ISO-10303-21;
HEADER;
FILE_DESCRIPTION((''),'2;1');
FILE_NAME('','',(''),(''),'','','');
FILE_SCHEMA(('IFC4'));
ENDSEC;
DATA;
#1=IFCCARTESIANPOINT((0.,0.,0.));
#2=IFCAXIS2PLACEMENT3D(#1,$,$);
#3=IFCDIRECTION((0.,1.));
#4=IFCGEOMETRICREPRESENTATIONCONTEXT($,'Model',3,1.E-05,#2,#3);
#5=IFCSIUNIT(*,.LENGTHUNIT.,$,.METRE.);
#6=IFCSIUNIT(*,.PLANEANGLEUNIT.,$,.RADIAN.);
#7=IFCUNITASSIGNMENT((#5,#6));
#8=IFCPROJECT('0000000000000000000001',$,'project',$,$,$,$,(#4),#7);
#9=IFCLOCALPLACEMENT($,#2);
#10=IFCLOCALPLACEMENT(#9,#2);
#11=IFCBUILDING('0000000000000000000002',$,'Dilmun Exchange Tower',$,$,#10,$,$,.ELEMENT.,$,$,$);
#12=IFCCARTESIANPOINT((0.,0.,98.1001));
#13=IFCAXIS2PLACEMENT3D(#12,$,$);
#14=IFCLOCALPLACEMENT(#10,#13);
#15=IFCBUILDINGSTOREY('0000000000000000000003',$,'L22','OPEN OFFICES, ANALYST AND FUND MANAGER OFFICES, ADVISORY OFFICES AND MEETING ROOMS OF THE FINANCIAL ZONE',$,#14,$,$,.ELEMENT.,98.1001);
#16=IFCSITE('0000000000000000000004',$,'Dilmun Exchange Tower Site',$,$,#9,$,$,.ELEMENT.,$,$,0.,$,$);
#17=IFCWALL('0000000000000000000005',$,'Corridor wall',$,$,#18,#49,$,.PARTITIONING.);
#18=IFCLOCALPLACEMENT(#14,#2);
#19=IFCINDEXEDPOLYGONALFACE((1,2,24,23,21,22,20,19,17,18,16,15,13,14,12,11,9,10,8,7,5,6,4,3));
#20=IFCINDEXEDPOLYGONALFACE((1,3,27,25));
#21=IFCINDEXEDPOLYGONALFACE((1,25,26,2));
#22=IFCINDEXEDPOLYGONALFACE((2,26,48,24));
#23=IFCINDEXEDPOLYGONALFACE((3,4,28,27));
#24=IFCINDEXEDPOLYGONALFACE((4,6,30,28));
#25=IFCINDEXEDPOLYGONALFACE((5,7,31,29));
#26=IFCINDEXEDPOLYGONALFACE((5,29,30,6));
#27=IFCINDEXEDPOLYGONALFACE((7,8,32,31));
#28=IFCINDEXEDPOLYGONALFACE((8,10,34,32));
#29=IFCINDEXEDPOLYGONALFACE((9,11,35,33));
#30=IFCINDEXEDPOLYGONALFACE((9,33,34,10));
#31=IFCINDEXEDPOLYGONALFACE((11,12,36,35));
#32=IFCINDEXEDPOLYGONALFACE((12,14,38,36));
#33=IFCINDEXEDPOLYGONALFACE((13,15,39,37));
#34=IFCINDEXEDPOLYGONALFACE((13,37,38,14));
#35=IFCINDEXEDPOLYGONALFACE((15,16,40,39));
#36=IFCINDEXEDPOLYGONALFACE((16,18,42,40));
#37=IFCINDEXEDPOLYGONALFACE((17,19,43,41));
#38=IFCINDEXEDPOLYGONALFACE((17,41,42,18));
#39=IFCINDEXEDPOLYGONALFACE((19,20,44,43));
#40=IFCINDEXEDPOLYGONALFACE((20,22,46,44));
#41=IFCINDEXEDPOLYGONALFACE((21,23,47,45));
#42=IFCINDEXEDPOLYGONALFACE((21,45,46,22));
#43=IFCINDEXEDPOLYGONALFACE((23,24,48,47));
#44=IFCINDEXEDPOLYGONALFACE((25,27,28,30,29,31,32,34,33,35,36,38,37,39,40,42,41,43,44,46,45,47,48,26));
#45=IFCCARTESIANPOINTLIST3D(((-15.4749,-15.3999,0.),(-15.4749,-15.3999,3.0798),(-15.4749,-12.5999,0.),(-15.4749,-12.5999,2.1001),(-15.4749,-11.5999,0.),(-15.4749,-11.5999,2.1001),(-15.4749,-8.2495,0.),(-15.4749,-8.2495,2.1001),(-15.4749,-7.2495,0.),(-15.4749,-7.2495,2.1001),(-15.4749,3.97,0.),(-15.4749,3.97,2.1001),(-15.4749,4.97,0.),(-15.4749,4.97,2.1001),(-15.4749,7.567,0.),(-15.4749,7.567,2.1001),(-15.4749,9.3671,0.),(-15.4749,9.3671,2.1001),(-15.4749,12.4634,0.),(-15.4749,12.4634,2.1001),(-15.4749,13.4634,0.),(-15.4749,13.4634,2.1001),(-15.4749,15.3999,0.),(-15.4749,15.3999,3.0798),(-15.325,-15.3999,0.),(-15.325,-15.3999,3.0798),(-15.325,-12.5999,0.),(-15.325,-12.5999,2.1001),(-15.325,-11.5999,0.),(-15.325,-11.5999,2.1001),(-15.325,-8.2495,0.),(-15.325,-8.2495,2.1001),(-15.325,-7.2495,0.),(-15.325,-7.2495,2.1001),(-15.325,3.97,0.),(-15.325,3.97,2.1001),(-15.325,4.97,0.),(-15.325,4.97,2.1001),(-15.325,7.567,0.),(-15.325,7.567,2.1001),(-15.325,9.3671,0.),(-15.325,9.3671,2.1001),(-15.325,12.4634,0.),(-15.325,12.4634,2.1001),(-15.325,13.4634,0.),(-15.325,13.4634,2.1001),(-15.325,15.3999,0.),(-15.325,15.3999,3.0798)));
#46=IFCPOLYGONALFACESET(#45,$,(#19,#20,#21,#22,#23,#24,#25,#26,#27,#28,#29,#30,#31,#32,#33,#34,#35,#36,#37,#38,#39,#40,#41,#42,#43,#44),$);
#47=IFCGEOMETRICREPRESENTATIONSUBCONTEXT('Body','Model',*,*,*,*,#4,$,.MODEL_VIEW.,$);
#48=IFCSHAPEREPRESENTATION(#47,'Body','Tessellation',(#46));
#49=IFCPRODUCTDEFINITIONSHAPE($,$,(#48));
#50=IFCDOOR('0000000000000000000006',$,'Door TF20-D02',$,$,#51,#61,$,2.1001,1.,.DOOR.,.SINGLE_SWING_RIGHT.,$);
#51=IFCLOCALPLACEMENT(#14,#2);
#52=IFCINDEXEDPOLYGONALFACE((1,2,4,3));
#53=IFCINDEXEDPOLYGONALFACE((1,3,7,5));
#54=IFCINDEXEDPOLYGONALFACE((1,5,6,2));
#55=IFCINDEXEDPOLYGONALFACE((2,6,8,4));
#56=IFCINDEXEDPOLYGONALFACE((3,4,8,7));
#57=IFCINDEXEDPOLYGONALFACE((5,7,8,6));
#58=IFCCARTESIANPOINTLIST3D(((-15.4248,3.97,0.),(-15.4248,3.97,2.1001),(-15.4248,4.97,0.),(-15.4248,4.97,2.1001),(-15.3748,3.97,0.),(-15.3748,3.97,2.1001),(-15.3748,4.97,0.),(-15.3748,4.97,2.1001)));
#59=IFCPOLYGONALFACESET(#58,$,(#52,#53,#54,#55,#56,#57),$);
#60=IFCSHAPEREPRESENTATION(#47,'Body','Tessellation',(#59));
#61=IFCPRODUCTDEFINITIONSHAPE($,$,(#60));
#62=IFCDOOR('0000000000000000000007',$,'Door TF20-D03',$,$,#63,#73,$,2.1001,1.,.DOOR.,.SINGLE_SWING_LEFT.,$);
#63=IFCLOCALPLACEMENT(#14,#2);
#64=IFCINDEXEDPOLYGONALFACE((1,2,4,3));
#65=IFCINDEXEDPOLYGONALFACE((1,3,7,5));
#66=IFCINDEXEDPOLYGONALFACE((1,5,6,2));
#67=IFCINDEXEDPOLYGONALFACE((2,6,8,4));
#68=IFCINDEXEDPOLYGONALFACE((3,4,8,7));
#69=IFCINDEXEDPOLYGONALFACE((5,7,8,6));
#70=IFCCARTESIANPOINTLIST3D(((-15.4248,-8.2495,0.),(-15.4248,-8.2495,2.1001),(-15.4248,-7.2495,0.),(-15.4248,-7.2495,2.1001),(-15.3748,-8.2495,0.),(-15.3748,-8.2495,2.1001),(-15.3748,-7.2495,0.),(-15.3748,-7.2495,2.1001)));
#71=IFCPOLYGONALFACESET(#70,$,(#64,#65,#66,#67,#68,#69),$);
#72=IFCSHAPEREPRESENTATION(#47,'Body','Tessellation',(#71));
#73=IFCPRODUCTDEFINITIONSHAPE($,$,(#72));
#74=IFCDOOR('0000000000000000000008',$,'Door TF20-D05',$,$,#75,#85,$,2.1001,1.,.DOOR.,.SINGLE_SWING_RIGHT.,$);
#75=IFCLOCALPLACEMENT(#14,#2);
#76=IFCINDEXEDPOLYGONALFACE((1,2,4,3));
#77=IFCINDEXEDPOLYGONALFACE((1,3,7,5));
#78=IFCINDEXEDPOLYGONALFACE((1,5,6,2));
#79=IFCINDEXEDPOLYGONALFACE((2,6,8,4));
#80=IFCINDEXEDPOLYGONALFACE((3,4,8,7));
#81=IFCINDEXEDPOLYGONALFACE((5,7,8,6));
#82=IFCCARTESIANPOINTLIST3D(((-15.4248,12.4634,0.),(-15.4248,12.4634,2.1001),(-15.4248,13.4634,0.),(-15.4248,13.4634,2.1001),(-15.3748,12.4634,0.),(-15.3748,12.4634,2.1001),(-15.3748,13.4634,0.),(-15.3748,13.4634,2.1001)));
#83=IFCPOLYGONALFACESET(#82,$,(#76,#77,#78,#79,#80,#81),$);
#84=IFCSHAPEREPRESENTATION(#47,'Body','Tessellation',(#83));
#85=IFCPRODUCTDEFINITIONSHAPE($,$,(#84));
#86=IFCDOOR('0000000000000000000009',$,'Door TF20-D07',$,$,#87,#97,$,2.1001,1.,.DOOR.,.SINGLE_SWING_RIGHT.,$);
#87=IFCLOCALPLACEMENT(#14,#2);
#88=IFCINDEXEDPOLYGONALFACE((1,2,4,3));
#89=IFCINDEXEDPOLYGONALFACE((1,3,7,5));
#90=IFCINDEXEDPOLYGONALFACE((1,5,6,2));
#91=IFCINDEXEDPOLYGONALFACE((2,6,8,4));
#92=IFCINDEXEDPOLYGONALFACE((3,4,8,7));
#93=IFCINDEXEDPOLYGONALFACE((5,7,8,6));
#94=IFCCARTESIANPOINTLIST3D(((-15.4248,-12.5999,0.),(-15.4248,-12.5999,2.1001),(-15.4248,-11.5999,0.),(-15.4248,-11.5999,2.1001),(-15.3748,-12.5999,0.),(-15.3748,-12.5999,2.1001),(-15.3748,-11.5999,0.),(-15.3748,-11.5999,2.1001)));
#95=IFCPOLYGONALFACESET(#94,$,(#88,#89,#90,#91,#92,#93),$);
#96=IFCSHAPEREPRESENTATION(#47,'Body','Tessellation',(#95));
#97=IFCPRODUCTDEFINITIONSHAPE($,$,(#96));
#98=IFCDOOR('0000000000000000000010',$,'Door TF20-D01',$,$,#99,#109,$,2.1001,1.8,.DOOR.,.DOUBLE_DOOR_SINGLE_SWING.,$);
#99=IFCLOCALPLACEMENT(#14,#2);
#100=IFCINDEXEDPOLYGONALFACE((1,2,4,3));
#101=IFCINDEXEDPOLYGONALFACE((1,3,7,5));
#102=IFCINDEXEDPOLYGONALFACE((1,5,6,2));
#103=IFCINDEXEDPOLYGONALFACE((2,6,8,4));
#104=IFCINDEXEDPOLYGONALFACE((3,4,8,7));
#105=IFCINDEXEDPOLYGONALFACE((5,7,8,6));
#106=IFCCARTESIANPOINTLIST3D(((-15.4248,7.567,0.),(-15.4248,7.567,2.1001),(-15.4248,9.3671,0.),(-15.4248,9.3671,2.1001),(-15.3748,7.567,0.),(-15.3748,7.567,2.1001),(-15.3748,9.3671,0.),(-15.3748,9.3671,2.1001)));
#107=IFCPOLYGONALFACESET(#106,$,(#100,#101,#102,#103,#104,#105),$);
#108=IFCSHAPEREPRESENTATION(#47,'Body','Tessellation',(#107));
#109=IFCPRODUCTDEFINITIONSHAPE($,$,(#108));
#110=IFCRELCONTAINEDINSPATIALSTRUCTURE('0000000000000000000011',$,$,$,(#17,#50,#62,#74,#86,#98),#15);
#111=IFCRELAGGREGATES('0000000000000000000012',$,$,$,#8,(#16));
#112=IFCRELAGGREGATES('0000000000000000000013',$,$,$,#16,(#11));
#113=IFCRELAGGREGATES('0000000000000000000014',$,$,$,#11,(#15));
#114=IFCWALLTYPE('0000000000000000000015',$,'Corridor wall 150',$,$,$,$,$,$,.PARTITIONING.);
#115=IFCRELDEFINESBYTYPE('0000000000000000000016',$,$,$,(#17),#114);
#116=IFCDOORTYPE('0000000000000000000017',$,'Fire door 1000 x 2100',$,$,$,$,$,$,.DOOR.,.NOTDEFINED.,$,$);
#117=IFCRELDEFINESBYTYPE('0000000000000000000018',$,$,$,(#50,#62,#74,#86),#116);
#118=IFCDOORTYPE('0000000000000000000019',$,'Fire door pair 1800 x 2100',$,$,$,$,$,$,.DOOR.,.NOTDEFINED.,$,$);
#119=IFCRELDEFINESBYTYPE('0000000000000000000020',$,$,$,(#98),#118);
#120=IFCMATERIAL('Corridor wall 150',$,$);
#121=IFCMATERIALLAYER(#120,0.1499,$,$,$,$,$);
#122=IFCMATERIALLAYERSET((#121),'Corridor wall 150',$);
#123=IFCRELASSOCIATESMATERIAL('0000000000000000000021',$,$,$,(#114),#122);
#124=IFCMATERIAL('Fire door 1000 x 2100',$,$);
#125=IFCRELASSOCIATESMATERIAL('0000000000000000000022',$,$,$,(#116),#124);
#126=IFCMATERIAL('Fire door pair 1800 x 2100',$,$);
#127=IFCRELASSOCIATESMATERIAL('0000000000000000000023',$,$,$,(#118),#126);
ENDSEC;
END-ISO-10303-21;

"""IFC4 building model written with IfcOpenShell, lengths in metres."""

from ifc_helpers import new_model, si_unit, direction, frame, frame_2d, origin, place, context, subcontext, project, spatial, rectangle, extrude, material, layer, layer_set, type_object, element, fill, save


model = new_model("IFC4")

# Units and contexts
model_context = context("Model", 3, precision=1e-05, world=origin(), true_north=direction((0.0, 1.0)))
body_context = subcontext(model_context, "Body", "Model", "MODEL_VIEW")
ifc_project = project(units=[si_unit("LENGTHUNIT", "METRE"), si_unit("PLANEANGLEUNIT", "RADIAN")], contexts=[model_context])

# Site, building, storey
site_placement = place(None, origin())
site = spatial("IfcSite", under=ifc_project, at=site_placement, Name="Dilmun Exchange Tower Site", CompositionType="ELEMENT", RefElevation=0.0)
building_placement = place(site_placement, origin())
building = spatial("IfcBuilding", under=site, at=building_placement, Name="Dilmun Exchange Tower", CompositionType="ELEMENT")
storey_placement = place(building_placement, frame((0.0, 0.0, 98.1001)))
storey = spatial("IfcBuildingStorey", under=building, at=storey_placement, Name="L22", Description="OPEN OFFICES, ANALYST AND FUND MANAGER OFFICES, ADVISORY OFFICES AND MEETING ROOMS OF THE FINANCIAL ZONE", CompositionType="ELEMENT", Elevation=98.1001)

# Wall, openings, doors
ifc_material_1 = material(Name="Corridor wall 150")
ifc_layer = layer(ifc_material_1, 0.1499)
ifc_layer_set = layer_set([ifc_layer], Name="Corridor wall 150")
wall_type = type_object("IfcWallType", Name="Corridor wall 150", PredefinedType="PARTITIONING", material=ifc_layer_set)
wall_1_placement = place(storey_placement, frame((-15.3999, -15.3999, 0.0), z_axis=(0.0, 0.0, 1.0), x_axis=(0.0, 1.0, 0.0)))
wall_1 = element("IfcWall", 1, at=wall_1_placement, inside=storey, type_object=wall_type, Name="Corridor wall", PredefinedType="PARTITIONING", context=body_context, shape_type="SweptSolid", body=[
    extrude(rectangle(XDim=30.7998, YDim=0.1499, at=frame_2d((15.3999, 0.0))), origin(), (0.0, 0.0, 1.0), 3.0798),
])
opening_1_placement = place(wall_1_placement, frame((22.967, 0.0, 0.0)))
opening_1 = element("IfcOpeningElement", 2, at=opening_1_placement, cuts=wall_1, PredefinedType="OPENING", context=body_context, shape_type="SweptSolid", body=[
    extrude(rectangle(XDim=1.8, YDim=2.1001, at=frame_2d((0.8999, 1.05))), frame((0.0, 0.085, 0.0), z_axis=(0.0, -1.0, 0.0), x_axis=(1.0, 0.0, 0.0)), (0.0, 0.0, 1.0), 0.1699),
])
opening_2_placement = place(wall_1_placement, frame((19.3699, 0.0, 0.0)))
opening_2 = element("IfcOpeningElement", 3, at=opening_2_placement, cuts=wall_1, PredefinedType="OPENING", context=body_context, shape_type="SweptSolid", body=[
    extrude(rectangle(XDim=1.0, YDim=2.1001, at=frame_2d((0.5, 1.05))), frame((0.0, 0.085, 0.0), z_axis=(0.0, -1.0, 0.0), x_axis=(1.0, 0.0, 0.0)), (0.0, 0.0, 1.0), 0.1699),
])
opening_3_placement = place(wall_1_placement, frame((7.1504, 0.0, 0.0)))
opening_3 = element("IfcOpeningElement", 4, at=opening_3_placement, cuts=wall_1, PredefinedType="OPENING", context=body_context, shape_type="SweptSolid", body=[
    extrude(rectangle(XDim=1.0, YDim=2.1001, at=frame_2d((0.5, 1.05))), frame((0.0, 0.085, 0.0), z_axis=(0.0, -1.0, 0.0), x_axis=(1.0, 0.0, 0.0)), (0.0, 0.0, 1.0), 0.1699),
])
opening_4_placement = place(wall_1_placement, frame((27.8633, 0.0, 0.0)))
opening_4 = element("IfcOpeningElement", 5, at=opening_4_placement, cuts=wall_1, PredefinedType="OPENING", context=body_context, shape_type="SweptSolid", body=[
    extrude(rectangle(XDim=1.0, YDim=2.1001, at=frame_2d((0.5, 1.05))), frame((0.0, 0.085, 0.0), z_axis=(0.0, -1.0, 0.0), x_axis=(1.0, 0.0, 0.0)), (0.0, 0.0, 1.0), 0.1699),
])
opening_5_placement = place(wall_1_placement, frame((2.8, 0.0, 0.0)))
opening_5 = element("IfcOpeningElement", 6, at=opening_5_placement, cuts=wall_1, PredefinedType="OPENING", context=body_context, shape_type="SweptSolid", body=[
    extrude(rectangle(XDim=1.0, YDim=2.1001, at=frame_2d((0.5, 1.05))), frame((0.0, 0.085, 0.0), z_axis=(0.0, -1.0, 0.0), x_axis=(1.0, 0.0, 0.0)), (0.0, 0.0, 1.0), 0.1699),
])
ifc_material_2 = material(Name="Fire door 1000 x 2100")
door_type_1 = type_object("IfcDoorType", Name="Fire door 1000 x 2100", OperationType="NOTDEFINED", PredefinedType="DOOR", material=ifc_material_2)
door_1_placement = place(opening_2_placement, origin())
door_1 = element("IfcDoor", 7, at=door_1_placement, inside=storey, type_object=door_type_1, Name="Door TF20-D02", OperationType="SINGLE_SWING_RIGHT", OverallHeight=2.1001, OverallWidth=1.0, PredefinedType="DOOR", context=body_context, shape_type="SweptSolid", body=[
    extrude(rectangle(XDim=1.0, YDim=2.1001, at=frame_2d((0.5, 1.05))), frame((0.0, 0.0249, 0.0), z_axis=(0.0, -1.0, 0.0), x_axis=(1.0, 0.0, 0.0)), (0.0, 0.0, 1.0), 0.05),
])
fill(opening_2, door_1)
door_2_placement = place(opening_3_placement, origin())
door_2 = element("IfcDoor", 8, at=door_2_placement, inside=storey, type_object=door_type_1, Name="Door TF20-D03", OperationType="SINGLE_SWING_LEFT", OverallHeight=2.1001, OverallWidth=1.0, PredefinedType="DOOR", context=body_context, shape_type="SweptSolid", body=[
    extrude(rectangle(XDim=1.0, YDim=2.1001, at=frame_2d((0.5, 1.05))), frame((0.0, 0.0249, 0.0), z_axis=(0.0, -1.0, 0.0), x_axis=(1.0, 0.0, 0.0)), (0.0, 0.0, 1.0), 0.05),
])
fill(opening_3, door_2)
door_3_placement = place(opening_4_placement, origin())
door_3 = element("IfcDoor", 9, at=door_3_placement, inside=storey, type_object=door_type_1, Name="Door TF20-D05", OperationType="SINGLE_SWING_RIGHT", OverallHeight=2.1001, OverallWidth=1.0, PredefinedType="DOOR", context=body_context, shape_type="SweptSolid", body=[
    extrude(rectangle(XDim=1.0, YDim=2.1001, at=frame_2d((0.5, 1.05))), frame((0.0, 0.0249, 0.0), z_axis=(0.0, -1.0, 0.0), x_axis=(1.0, 0.0, 0.0)), (0.0, 0.0, 1.0), 0.05),
])
fill(opening_4, door_3)
door_4_placement = place(opening_5_placement, origin())
door_4 = element("IfcDoor", 10, at=door_4_placement, inside=storey, type_object=door_type_1, Name="Door TF20-D07", OperationType="SINGLE_SWING_RIGHT", OverallHeight=2.1001, OverallWidth=1.0, PredefinedType="DOOR", context=body_context, shape_type="SweptSolid", body=[
    extrude(rectangle(XDim=1.0, YDim=2.1001, at=frame_2d((0.5, 1.05))), frame((0.0, 0.0249, 0.0), z_axis=(0.0, -1.0, 0.0), x_axis=(1.0, 0.0, 0.0)), (0.0, 0.0, 1.0), 0.05),
])
fill(opening_5, door_4)
ifc_material_3 = material(Name="Fire door pair 1800 x 2100")
door_type_2 = type_object("IfcDoorType", Name="Fire door pair 1800 x 2100", OperationType="NOTDEFINED", PredefinedType="DOOR", material=ifc_material_3)
door_5_placement = place(opening_1_placement, origin())
door_5 = element("IfcDoor", 11, at=door_5_placement, inside=storey, type_object=door_type_2, Name="Door TF20-D01", OperationType="DOUBLE_DOOR_SINGLE_SWING", OverallHeight=2.1001, OverallWidth=1.8, PredefinedType="DOOR", context=body_context, shape_type="SweptSolid", body=[
    extrude(rectangle(XDim=1.8, YDim=2.1001, at=frame_2d((0.8999, 1.05))), frame((0.0, 0.0249, 0.0), z_axis=(0.0, -1.0, 0.0), x_axis=(1.0, 0.0, 0.0)), (0.0, 0.0, 1.0), 0.05),
])
fill(opening_1, door_5)

save(model, "model.ifc")
